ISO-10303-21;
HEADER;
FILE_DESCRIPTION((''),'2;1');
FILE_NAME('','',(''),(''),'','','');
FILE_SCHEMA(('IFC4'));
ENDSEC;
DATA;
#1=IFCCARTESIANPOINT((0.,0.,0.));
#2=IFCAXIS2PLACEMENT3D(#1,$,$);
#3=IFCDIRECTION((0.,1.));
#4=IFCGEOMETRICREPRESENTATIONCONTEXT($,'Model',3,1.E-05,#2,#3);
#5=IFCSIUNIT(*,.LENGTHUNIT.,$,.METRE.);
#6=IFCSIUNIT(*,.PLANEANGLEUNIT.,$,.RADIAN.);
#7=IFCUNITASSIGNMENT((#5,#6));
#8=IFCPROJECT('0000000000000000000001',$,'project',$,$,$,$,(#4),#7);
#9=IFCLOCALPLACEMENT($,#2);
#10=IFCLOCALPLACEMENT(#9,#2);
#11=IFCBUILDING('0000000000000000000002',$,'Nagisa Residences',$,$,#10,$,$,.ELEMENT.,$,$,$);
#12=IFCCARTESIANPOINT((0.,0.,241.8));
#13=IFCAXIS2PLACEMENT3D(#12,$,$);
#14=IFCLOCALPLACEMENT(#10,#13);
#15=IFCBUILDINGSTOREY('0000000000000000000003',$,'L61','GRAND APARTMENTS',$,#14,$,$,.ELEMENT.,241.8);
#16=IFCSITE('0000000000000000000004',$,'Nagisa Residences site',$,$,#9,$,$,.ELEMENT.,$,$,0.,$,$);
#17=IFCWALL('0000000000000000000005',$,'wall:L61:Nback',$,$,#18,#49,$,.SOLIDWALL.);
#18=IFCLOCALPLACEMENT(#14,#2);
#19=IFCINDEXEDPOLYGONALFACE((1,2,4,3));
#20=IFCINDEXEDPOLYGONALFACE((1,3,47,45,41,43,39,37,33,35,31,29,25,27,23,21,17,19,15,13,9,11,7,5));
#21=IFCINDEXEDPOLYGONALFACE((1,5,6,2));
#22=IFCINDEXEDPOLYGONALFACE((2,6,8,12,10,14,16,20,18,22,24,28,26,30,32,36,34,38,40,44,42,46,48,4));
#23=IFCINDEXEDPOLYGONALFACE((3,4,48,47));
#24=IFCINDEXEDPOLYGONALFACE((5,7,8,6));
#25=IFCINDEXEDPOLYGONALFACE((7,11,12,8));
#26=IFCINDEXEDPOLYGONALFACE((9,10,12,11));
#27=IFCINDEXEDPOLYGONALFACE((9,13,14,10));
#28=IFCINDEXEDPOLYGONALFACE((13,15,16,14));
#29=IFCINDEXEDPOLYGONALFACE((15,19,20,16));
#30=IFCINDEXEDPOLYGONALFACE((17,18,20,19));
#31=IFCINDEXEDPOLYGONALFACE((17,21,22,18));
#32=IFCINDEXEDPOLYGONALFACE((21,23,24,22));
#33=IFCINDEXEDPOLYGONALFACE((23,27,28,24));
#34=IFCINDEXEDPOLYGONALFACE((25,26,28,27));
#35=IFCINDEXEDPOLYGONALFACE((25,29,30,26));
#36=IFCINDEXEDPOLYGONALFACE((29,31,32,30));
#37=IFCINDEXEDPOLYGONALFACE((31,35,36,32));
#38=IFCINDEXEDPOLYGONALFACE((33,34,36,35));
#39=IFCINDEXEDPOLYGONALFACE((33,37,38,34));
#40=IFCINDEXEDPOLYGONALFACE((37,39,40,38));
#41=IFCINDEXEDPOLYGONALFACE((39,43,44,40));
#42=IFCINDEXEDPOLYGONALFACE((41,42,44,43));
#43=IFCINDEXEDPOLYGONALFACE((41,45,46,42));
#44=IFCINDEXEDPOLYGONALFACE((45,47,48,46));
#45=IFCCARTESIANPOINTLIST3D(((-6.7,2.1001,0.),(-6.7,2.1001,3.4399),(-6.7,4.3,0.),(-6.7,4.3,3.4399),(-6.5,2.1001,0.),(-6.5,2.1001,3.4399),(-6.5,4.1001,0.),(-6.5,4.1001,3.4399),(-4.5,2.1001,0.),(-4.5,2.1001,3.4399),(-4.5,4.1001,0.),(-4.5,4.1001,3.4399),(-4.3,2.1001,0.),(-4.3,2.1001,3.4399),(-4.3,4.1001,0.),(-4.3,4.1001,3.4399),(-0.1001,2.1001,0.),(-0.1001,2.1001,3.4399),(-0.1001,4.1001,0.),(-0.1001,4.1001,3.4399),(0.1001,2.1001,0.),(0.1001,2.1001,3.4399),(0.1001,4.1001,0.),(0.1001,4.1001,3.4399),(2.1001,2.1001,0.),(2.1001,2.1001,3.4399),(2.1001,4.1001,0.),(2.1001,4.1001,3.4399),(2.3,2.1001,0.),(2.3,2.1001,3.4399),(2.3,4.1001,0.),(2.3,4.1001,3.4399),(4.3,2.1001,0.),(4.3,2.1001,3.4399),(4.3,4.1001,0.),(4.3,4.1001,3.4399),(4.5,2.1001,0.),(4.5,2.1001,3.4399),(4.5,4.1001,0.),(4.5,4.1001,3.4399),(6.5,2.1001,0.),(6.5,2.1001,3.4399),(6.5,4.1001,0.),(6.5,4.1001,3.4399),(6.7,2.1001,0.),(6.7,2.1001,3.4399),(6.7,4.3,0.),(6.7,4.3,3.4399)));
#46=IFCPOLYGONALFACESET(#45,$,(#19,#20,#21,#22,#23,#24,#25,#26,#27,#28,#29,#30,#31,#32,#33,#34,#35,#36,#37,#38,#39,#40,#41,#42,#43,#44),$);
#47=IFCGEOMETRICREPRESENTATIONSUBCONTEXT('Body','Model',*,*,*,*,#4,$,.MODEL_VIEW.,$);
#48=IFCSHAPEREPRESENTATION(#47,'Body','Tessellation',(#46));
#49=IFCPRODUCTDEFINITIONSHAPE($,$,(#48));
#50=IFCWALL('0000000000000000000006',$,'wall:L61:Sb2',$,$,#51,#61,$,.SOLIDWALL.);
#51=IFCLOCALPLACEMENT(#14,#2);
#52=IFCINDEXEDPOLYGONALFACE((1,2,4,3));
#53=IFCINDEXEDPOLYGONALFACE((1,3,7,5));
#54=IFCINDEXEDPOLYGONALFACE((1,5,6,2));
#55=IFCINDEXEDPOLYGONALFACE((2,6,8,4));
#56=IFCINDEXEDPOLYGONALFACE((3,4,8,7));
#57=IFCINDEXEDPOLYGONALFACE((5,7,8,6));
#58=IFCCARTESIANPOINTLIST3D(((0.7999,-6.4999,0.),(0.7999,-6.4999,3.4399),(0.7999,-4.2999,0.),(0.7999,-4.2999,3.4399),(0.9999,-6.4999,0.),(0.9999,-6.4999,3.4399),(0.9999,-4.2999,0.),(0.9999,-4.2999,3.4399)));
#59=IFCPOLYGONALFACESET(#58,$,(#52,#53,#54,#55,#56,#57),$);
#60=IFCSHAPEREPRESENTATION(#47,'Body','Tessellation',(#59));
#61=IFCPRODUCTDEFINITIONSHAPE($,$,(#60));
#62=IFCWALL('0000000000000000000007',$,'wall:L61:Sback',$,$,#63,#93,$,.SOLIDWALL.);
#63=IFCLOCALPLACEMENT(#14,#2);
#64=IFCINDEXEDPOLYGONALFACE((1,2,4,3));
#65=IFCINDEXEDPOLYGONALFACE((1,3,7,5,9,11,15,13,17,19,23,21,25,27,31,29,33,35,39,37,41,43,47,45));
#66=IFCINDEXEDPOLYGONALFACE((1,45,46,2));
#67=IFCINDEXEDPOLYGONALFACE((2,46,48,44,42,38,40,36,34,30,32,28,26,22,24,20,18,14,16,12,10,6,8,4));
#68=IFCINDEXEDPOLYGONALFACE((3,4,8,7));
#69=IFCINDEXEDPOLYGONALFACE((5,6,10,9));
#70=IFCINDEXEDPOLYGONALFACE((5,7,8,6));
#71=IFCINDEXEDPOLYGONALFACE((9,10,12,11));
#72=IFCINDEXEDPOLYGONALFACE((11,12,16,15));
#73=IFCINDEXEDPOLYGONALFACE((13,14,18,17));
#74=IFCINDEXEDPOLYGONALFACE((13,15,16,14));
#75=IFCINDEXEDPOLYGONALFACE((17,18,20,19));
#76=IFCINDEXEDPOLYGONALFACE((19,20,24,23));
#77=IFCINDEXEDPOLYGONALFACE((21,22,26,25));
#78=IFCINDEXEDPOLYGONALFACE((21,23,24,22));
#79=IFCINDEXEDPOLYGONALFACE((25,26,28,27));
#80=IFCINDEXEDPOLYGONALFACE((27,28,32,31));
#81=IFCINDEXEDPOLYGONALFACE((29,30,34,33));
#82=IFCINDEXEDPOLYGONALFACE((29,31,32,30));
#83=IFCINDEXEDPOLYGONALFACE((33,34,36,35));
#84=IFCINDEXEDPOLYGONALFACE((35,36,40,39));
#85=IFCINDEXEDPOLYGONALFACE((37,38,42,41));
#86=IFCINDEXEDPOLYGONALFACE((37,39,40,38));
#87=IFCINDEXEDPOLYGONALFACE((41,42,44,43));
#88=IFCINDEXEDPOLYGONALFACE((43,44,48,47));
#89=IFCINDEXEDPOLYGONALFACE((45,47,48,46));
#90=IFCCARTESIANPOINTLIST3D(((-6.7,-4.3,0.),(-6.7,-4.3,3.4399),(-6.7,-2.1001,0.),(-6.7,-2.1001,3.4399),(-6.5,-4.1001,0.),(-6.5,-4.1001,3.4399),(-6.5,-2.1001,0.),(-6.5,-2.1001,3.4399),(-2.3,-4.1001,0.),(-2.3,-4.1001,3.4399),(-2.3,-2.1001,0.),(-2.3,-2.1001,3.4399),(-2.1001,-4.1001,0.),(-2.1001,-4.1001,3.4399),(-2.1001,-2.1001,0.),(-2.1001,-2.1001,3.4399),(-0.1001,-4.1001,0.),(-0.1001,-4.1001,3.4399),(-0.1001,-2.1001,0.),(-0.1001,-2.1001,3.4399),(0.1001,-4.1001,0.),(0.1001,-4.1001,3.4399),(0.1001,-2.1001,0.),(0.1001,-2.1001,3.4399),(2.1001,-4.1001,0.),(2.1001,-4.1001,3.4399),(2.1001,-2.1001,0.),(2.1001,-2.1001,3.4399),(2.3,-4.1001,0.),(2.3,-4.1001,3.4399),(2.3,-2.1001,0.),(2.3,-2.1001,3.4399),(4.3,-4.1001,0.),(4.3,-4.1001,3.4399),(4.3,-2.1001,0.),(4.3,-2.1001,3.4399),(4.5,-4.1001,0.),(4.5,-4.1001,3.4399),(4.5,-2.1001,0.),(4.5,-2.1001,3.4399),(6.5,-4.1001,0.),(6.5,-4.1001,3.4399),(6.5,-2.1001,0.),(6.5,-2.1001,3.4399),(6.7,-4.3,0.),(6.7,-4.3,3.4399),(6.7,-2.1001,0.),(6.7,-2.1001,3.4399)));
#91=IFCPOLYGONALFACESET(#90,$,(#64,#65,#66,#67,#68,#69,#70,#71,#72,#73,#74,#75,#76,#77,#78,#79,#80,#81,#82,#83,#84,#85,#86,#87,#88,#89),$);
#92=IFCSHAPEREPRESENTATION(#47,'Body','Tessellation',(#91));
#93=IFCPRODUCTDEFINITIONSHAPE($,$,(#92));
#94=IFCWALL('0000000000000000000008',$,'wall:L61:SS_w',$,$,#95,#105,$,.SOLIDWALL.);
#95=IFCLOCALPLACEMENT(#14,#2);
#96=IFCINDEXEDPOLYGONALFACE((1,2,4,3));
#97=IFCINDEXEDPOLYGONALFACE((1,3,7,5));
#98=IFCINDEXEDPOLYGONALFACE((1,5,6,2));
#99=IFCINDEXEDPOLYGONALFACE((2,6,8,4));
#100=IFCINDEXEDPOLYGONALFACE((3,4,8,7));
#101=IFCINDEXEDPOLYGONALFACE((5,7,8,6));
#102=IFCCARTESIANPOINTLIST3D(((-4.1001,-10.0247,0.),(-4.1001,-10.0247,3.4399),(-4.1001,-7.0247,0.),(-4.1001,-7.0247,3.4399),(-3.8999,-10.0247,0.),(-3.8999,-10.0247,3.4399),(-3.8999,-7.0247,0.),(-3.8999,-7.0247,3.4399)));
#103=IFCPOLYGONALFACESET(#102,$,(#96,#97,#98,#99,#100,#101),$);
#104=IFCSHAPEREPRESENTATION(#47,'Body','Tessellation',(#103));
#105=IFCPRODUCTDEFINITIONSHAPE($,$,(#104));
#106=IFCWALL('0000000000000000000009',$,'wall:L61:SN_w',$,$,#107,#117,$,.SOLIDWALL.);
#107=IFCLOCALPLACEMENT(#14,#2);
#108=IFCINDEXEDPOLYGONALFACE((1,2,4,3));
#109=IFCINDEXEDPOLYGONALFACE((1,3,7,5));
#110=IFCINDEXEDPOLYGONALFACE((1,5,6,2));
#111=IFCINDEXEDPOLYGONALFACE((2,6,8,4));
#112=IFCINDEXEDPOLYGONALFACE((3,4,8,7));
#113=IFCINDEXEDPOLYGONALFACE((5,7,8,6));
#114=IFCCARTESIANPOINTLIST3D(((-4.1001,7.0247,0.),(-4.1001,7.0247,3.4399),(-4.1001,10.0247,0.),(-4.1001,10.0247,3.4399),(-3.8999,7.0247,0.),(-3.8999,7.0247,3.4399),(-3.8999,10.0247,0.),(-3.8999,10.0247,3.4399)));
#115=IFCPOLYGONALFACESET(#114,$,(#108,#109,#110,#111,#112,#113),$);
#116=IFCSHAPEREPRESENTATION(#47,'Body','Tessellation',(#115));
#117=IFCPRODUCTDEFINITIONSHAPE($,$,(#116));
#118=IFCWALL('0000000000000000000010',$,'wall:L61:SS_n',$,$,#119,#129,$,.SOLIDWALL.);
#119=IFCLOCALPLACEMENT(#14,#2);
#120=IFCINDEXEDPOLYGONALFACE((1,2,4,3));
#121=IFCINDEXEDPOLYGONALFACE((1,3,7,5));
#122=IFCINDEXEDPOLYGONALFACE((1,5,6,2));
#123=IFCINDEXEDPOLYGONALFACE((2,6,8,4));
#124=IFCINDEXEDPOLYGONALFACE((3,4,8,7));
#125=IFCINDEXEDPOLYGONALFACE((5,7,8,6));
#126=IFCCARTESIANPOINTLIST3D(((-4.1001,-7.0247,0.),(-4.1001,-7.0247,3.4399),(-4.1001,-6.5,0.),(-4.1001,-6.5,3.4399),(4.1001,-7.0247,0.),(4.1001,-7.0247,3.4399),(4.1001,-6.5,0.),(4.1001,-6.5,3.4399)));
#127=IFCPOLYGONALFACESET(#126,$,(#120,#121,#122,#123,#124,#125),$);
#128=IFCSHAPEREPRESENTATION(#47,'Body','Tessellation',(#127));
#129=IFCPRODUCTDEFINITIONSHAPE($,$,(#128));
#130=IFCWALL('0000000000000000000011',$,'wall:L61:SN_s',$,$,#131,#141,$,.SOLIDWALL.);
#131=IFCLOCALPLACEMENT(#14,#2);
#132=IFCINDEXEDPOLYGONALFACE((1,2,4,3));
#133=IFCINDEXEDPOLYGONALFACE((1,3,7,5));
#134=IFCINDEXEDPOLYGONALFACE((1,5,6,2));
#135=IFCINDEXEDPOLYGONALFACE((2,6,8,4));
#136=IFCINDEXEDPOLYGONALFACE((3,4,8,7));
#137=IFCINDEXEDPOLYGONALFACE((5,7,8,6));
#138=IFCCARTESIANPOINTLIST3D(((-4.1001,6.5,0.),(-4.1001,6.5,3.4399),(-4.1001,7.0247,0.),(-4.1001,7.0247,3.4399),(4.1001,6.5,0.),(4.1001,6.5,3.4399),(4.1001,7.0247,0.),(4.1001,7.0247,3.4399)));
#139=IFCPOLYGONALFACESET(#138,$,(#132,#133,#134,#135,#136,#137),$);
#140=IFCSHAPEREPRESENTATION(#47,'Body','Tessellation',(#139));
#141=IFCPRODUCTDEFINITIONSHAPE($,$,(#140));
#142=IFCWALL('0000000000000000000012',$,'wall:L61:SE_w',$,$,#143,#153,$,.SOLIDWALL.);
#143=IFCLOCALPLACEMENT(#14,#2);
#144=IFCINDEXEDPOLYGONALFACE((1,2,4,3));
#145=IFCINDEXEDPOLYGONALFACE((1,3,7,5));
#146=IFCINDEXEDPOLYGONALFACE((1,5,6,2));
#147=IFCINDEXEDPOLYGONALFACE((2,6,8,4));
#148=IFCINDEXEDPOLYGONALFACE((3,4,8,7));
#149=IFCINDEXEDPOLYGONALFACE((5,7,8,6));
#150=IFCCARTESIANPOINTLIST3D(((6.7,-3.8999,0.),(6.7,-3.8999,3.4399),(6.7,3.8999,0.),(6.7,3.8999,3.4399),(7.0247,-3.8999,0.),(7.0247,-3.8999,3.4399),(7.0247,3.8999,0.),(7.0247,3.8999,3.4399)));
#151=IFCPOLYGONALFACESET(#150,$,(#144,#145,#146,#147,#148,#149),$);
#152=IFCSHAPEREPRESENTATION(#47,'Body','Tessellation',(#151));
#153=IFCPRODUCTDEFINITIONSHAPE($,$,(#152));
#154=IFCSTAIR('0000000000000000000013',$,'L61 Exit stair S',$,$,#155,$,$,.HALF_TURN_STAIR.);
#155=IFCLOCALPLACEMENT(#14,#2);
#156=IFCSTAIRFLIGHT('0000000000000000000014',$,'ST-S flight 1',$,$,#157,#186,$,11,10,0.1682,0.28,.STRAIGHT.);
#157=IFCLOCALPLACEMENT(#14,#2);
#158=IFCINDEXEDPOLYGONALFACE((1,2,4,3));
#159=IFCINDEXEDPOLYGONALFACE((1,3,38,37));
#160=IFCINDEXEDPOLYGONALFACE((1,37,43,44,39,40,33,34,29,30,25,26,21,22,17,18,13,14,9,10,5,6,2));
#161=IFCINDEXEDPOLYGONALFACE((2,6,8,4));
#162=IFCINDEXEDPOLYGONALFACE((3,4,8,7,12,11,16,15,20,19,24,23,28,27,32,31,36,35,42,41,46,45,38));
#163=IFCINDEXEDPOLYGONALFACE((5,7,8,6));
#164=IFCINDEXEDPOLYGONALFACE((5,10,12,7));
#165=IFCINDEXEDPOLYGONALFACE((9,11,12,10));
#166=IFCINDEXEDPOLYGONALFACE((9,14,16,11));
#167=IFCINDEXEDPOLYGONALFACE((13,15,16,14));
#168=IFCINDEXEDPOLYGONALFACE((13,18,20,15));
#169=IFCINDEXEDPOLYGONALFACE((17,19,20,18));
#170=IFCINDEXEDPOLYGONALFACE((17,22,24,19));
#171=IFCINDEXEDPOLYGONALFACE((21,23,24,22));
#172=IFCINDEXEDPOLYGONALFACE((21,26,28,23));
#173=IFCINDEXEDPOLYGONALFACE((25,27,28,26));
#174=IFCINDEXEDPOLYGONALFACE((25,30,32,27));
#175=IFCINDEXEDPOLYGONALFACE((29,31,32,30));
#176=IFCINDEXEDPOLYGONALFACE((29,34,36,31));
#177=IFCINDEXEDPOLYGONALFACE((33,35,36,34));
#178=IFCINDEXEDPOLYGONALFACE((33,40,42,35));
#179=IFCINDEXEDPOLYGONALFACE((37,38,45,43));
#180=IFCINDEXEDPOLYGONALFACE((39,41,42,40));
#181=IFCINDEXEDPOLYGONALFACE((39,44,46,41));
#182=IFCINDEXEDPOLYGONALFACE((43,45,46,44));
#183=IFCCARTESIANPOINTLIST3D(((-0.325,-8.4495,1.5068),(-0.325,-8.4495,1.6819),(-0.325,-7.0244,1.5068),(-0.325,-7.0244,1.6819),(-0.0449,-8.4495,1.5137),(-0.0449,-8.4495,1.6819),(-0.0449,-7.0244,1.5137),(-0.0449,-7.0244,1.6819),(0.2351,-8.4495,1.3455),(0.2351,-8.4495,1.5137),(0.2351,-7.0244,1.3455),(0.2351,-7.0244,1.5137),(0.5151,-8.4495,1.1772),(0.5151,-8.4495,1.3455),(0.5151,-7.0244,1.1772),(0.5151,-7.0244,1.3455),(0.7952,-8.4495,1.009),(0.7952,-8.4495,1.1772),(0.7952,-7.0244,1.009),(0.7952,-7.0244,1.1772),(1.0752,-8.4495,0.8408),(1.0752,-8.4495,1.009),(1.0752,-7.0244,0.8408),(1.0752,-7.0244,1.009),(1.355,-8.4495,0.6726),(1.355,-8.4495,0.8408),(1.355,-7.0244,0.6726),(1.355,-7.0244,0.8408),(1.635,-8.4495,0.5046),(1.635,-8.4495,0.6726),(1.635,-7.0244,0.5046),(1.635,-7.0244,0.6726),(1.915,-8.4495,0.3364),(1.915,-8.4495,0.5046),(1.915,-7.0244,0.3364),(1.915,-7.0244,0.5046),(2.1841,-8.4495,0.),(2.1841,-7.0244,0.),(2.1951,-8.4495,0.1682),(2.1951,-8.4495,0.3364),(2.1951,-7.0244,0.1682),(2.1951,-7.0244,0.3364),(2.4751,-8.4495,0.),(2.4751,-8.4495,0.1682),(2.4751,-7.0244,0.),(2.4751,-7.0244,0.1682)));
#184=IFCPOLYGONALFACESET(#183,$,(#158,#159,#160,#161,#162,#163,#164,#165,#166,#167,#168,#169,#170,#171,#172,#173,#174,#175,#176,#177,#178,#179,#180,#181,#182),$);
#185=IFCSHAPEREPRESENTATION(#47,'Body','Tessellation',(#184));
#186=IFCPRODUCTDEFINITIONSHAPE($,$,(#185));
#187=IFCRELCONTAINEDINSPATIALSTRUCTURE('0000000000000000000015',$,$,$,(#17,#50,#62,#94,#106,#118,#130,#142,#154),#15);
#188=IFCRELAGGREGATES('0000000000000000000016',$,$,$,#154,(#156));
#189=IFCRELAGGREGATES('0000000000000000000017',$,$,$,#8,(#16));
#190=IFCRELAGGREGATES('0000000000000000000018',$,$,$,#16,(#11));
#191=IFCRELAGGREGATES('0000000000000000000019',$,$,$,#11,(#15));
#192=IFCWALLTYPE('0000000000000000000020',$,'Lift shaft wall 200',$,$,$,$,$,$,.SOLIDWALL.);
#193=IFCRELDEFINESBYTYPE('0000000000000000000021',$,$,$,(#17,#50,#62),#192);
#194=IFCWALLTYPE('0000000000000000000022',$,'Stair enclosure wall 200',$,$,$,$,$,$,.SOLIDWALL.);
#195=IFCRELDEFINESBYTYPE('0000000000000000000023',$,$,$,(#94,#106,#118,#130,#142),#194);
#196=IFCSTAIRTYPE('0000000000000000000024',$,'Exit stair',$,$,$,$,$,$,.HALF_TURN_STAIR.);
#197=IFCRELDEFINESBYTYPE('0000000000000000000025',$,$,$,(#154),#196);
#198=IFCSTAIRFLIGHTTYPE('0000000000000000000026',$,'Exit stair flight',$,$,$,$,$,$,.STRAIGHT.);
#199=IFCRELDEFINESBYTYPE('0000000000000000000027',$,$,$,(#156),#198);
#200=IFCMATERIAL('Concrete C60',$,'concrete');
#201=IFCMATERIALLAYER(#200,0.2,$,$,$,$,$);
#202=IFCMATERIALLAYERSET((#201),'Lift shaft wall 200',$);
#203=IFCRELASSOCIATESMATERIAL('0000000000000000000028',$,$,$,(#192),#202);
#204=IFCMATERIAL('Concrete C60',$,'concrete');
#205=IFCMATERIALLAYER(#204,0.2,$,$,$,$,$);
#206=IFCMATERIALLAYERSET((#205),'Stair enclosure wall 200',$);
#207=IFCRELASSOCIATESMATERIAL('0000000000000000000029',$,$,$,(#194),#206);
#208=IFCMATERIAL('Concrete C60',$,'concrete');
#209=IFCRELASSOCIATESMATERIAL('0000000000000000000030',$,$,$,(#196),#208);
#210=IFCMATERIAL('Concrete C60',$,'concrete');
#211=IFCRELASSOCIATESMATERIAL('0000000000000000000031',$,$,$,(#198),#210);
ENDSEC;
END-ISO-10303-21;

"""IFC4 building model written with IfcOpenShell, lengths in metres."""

from ifc_helpers import new_model, si_unit, direction, frame, frame_2d, origin, place, context, subcontext, project, spatial, polyline, rectangle, outline, extrude, material, layer, layer_set, type_object, element, aggregate, save


model = new_model("IFC4")

# Units and contexts
model_context = context("Model", 3, precision=1e-05, world=origin(), true_north=direction((0.0, 1.0)))
body_context = subcontext(model_context, "Body", "Model", "MODEL_VIEW")
ifc_project = project(units=[si_unit("LENGTHUNIT", "METRE"), si_unit("PLANEANGLEUNIT", "RADIAN")], contexts=[model_context])

# Site, building, storey
site_placement = place(None, origin())
site = spatial("IfcSite", under=ifc_project, at=site_placement, Name="Nagisa Residences site", CompositionType="ELEMENT", RefElevation=0.0)
building_placement = place(site_placement, origin())
building = spatial("IfcBuilding", under=site, at=building_placement, Name="Nagisa Residences", CompositionType="ELEMENT")
storey_placement = place(building_placement, frame((0.0, 0.0, 241.8)))
storey = spatial("IfcBuildingStorey", under=building, at=storey_placement, Name="L61", Description="GRAND APARTMENTS", CompositionType="ELEMENT", Elevation=241.8)

# Shared definitions
ifc_material_1 = material(Name="Concrete C60", Category="concrete")
ifc_layer_1 = layer(ifc_material_1, 0.2)
ifc_layer_set_1 = layer_set([ifc_layer_1], Name="Lift shaft wall 200")
wall_type_1 = type_object("IfcWallType", Name="Lift shaft wall 200", PredefinedType="SOLIDWALL", material=ifc_layer_set_1)

# Walls
wall_1_placement = place(storey_placement, origin())
element("IfcWall", 1, at=wall_1_placement, inside=storey, type_object=wall_type_1, Name="wall:L61:Nback", PredefinedType="SOLIDWALL", context=body_context, shape_type="SweptSolid", body=[
    extrude(outline(polyline([(-6.7, 4.3), (6.7, 4.3), (6.7, 2.1001), (6.5, 2.1001), (6.5, 4.1001), (4.5, 4.1001), (4.5, 2.1001), (4.3, 2.1001), (4.3, 4.1001), (2.3, 4.1001), (2.3, 2.1001), (2.1001, 2.1001), (2.1001, 4.1001), (0.1001, 4.1001), (0.1001, 2.1001), (-0.1001, 2.1001), (-0.1001, 4.1001), (-4.3, 4.1001), (-4.3, 2.1001), (-4.5, 2.1001), (-4.5, 4.1001), (-6.5, 4.1001), (-6.5, 2.1001), (-6.7, 2.1001), (-6.7, 4.3)])), origin(), (0.0, 0.0, 1.0), 3.4399),
])
wall_2_placement = place(storey_placement, frame((0.8999, -6.5, 0.0), z_axis=(0.0, 0.0, 1.0), x_axis=(0.0, 1.0, 0.0)))
element("IfcWall", 2, at=wall_2_placement, inside=storey, type_object=wall_type_1, Name="wall:L61:Sb2", PredefinedType="SOLIDWALL", context=body_context, shape_type="SweptSolid", body=[
    extrude(rectangle(XDim=2.2, YDim=0.2, at=frame_2d((1.1001, 0.0))), origin(), (0.0, 0.0, 1.0), 3.4399),
])
wall_3_placement = place(storey_placement, origin())
element("IfcWall", 3, at=wall_3_placement, inside=storey, type_object=wall_type_1, Name="wall:L61:Sback", PredefinedType="SOLIDWALL", context=body_context, shape_type="SweptSolid", body=[
    extrude(outline(polyline([(-6.7, -2.1001), (-6.5, -2.1001), (-6.5, -4.1001), (-2.3, -4.1001), (-2.3, -2.1001), (-2.1001, -2.1001), (-2.1001, -4.1001), (-0.1001, -4.1001), (-0.1001, -2.1001), (0.1001, -2.1001), (0.1001, -4.1001), (2.1001, -4.1001), (2.1001, -2.1001), (2.3, -2.1001), (2.3, -4.1001), (4.3, -4.1001), (4.3, -2.1001), (4.5, -2.1001), (4.5, -4.1001), (6.5, -4.1001), (6.5, -2.1001), (6.7, -2.1001), (6.7, -4.3), (-6.7, -4.3), (-6.7, -2.1001)])), origin(), (0.0, 0.0, 1.0), 3.4399),
])
ifc_material_2 = material(Name="Concrete C60", Category="concrete")
ifc_layer_2 = layer(ifc_material_2, 0.2)
ifc_layer_set_2 = layer_set([ifc_layer_2], Name="Stair enclosure wall 200")
wall_type_2 = type_object("IfcWallType", Name="Stair enclosure wall 200", PredefinedType="SOLIDWALL", material=ifc_layer_set_2)
wall_4_placement = place(storey_placement, origin())
element("IfcWall", 4, at=wall_4_placement, inside=storey, type_object=wall_type_2, Name="wall:L61:SS_w", PredefinedType="SOLIDWALL", context=body_context, shape_type="SweptSolid", body=[
    extrude(outline(polyline([(-3.8999, -10.0247), (-4.1001, -10.0247), (-4.1001, -7.0247), (-3.8999, -7.0247), (-3.8999, -10.0247)])), origin(), (0.0, 0.0, 1.0), 3.4399),
])
wall_5_placement = place(storey_placement, origin())
element("IfcWall", 5, at=wall_5_placement, inside=storey, type_object=wall_type_2, Name="wall:L61:SN_w", PredefinedType="SOLIDWALL", context=body_context, shape_type="SweptSolid", body=[
    extrude(outline(polyline([(-3.8999, 7.0247), (-4.1001, 7.0247), (-4.1001, 10.0247), (-3.8999, 10.0247), (-3.8999, 7.0247)])), origin(), (0.0, 0.0, 1.0), 3.4399),
])
wall_6_placement = place(storey_placement, origin())
element("IfcWall", 6, at=wall_6_placement, inside=storey, type_object=wall_type_2, Name="wall:L61:SS_n", PredefinedType="SOLIDWALL", context=body_context, shape_type="SweptSolid", body=[
    extrude(outline(polyline([(4.1001, -7.0247), (-4.1001, -7.0247), (-4.1001, -6.5), (4.1001, -6.5), (4.1001, -7.0247)])), origin(), (0.0, 0.0, 1.0), 3.4399),
])
wall_7_placement = place(storey_placement, origin())
element("IfcWall", 7, at=wall_7_placement, inside=storey, type_object=wall_type_2, Name="wall:L61:SN_s", PredefinedType="SOLIDWALL", context=body_context, shape_type="SweptSolid", body=[
    extrude(outline(polyline([(4.1001, 6.5), (-4.1001, 6.5), (-4.1001, 7.0247), (4.1001, 7.0247), (4.1001, 6.5)])), origin(), (0.0, 0.0, 1.0), 3.4399),
])
wall_8_placement = place(storey_placement, origin())
element("IfcWall", 8, at=wall_8_placement, inside=storey, type_object=wall_type_2, Name="wall:L61:SE_w", PredefinedType="SOLIDWALL", context=body_context, shape_type="SweptSolid", body=[
    extrude(outline(polyline([(7.0247, -3.8999), (6.7, -3.8999), (6.7, 3.8999), (7.0247, 3.8999), (7.0247, -3.8999)])), origin(), (0.0, 0.0, 1.0), 3.4399),
])

# Stair, stair flight
ifc_material_3 = material(Name="Concrete C60", Category="concrete")
stair_type = type_object("IfcStairType", Name="Exit stair", PredefinedType="HALF_TURN_STAIR", material=ifc_material_3)
stair_placement = place(storey_placement, origin())
stair = element("IfcStair", 9, at=stair_placement, inside=storey, type_object=stair_type, Name="L61 Exit stair S", PredefinedType="HALF_TURN_STAIR")
ifc_material_4 = material(Name="Concrete C60", Category="concrete")
stair_flight_type = type_object("IfcStairFlightType", Name="Exit stair flight", PredefinedType="STRAIGHT", material=ifc_material_4)
stair_flight_placement = place(storey_placement, frame((2.4751, -7.7371, 0.0), z_axis=(0.0, 0.0, 1.0), x_axis=(-1.0, 0.0, 0.0)))
stair_flight = element("IfcStairFlight", 10, at=stair_flight_placement, type_object=stair_flight_type, Name="ST-S flight 1", NumberOfRisers=11, NumberOfTreads=10, PredefinedType="STRAIGHT", RiserHeight=0.1682, TreadLength=0.28, context=body_context, shape_type="SweptSolid", body=[
    extrude(outline(polyline([(0.0, 0.0), (0.0, 0.1682), (0.28, 0.1682), (0.28, 0.3364), (0.5601, 0.3364), (0.5601, 0.5046), (0.8401, 0.5046), (0.8401, 0.6726), (1.1201, 0.6726), (1.1201, 0.8408), (1.3999, 0.8408), (1.3999, 1.009), (1.6799, 1.009), (1.6799, 1.1772), (1.96, 1.1772), (1.96, 1.3455), (2.24, 1.3455), (2.24, 1.5137), (2.52, 1.5137), (2.52, 1.6819), (2.8, 1.6819), (2.8, 1.8501), (2.8, 1.5068), (0.291, 0.0), (0.0, 0.0)])), frame((0.0, 0.7124, 0.0), z_axis=(0.0, -1.0, 0.0), x_axis=(1.0, 0.0, 0.0)), (0.0, 0.0, 1.0), 1.425),
])
aggregate(stair, [stair_flight])

save(model, "model.ifc")
